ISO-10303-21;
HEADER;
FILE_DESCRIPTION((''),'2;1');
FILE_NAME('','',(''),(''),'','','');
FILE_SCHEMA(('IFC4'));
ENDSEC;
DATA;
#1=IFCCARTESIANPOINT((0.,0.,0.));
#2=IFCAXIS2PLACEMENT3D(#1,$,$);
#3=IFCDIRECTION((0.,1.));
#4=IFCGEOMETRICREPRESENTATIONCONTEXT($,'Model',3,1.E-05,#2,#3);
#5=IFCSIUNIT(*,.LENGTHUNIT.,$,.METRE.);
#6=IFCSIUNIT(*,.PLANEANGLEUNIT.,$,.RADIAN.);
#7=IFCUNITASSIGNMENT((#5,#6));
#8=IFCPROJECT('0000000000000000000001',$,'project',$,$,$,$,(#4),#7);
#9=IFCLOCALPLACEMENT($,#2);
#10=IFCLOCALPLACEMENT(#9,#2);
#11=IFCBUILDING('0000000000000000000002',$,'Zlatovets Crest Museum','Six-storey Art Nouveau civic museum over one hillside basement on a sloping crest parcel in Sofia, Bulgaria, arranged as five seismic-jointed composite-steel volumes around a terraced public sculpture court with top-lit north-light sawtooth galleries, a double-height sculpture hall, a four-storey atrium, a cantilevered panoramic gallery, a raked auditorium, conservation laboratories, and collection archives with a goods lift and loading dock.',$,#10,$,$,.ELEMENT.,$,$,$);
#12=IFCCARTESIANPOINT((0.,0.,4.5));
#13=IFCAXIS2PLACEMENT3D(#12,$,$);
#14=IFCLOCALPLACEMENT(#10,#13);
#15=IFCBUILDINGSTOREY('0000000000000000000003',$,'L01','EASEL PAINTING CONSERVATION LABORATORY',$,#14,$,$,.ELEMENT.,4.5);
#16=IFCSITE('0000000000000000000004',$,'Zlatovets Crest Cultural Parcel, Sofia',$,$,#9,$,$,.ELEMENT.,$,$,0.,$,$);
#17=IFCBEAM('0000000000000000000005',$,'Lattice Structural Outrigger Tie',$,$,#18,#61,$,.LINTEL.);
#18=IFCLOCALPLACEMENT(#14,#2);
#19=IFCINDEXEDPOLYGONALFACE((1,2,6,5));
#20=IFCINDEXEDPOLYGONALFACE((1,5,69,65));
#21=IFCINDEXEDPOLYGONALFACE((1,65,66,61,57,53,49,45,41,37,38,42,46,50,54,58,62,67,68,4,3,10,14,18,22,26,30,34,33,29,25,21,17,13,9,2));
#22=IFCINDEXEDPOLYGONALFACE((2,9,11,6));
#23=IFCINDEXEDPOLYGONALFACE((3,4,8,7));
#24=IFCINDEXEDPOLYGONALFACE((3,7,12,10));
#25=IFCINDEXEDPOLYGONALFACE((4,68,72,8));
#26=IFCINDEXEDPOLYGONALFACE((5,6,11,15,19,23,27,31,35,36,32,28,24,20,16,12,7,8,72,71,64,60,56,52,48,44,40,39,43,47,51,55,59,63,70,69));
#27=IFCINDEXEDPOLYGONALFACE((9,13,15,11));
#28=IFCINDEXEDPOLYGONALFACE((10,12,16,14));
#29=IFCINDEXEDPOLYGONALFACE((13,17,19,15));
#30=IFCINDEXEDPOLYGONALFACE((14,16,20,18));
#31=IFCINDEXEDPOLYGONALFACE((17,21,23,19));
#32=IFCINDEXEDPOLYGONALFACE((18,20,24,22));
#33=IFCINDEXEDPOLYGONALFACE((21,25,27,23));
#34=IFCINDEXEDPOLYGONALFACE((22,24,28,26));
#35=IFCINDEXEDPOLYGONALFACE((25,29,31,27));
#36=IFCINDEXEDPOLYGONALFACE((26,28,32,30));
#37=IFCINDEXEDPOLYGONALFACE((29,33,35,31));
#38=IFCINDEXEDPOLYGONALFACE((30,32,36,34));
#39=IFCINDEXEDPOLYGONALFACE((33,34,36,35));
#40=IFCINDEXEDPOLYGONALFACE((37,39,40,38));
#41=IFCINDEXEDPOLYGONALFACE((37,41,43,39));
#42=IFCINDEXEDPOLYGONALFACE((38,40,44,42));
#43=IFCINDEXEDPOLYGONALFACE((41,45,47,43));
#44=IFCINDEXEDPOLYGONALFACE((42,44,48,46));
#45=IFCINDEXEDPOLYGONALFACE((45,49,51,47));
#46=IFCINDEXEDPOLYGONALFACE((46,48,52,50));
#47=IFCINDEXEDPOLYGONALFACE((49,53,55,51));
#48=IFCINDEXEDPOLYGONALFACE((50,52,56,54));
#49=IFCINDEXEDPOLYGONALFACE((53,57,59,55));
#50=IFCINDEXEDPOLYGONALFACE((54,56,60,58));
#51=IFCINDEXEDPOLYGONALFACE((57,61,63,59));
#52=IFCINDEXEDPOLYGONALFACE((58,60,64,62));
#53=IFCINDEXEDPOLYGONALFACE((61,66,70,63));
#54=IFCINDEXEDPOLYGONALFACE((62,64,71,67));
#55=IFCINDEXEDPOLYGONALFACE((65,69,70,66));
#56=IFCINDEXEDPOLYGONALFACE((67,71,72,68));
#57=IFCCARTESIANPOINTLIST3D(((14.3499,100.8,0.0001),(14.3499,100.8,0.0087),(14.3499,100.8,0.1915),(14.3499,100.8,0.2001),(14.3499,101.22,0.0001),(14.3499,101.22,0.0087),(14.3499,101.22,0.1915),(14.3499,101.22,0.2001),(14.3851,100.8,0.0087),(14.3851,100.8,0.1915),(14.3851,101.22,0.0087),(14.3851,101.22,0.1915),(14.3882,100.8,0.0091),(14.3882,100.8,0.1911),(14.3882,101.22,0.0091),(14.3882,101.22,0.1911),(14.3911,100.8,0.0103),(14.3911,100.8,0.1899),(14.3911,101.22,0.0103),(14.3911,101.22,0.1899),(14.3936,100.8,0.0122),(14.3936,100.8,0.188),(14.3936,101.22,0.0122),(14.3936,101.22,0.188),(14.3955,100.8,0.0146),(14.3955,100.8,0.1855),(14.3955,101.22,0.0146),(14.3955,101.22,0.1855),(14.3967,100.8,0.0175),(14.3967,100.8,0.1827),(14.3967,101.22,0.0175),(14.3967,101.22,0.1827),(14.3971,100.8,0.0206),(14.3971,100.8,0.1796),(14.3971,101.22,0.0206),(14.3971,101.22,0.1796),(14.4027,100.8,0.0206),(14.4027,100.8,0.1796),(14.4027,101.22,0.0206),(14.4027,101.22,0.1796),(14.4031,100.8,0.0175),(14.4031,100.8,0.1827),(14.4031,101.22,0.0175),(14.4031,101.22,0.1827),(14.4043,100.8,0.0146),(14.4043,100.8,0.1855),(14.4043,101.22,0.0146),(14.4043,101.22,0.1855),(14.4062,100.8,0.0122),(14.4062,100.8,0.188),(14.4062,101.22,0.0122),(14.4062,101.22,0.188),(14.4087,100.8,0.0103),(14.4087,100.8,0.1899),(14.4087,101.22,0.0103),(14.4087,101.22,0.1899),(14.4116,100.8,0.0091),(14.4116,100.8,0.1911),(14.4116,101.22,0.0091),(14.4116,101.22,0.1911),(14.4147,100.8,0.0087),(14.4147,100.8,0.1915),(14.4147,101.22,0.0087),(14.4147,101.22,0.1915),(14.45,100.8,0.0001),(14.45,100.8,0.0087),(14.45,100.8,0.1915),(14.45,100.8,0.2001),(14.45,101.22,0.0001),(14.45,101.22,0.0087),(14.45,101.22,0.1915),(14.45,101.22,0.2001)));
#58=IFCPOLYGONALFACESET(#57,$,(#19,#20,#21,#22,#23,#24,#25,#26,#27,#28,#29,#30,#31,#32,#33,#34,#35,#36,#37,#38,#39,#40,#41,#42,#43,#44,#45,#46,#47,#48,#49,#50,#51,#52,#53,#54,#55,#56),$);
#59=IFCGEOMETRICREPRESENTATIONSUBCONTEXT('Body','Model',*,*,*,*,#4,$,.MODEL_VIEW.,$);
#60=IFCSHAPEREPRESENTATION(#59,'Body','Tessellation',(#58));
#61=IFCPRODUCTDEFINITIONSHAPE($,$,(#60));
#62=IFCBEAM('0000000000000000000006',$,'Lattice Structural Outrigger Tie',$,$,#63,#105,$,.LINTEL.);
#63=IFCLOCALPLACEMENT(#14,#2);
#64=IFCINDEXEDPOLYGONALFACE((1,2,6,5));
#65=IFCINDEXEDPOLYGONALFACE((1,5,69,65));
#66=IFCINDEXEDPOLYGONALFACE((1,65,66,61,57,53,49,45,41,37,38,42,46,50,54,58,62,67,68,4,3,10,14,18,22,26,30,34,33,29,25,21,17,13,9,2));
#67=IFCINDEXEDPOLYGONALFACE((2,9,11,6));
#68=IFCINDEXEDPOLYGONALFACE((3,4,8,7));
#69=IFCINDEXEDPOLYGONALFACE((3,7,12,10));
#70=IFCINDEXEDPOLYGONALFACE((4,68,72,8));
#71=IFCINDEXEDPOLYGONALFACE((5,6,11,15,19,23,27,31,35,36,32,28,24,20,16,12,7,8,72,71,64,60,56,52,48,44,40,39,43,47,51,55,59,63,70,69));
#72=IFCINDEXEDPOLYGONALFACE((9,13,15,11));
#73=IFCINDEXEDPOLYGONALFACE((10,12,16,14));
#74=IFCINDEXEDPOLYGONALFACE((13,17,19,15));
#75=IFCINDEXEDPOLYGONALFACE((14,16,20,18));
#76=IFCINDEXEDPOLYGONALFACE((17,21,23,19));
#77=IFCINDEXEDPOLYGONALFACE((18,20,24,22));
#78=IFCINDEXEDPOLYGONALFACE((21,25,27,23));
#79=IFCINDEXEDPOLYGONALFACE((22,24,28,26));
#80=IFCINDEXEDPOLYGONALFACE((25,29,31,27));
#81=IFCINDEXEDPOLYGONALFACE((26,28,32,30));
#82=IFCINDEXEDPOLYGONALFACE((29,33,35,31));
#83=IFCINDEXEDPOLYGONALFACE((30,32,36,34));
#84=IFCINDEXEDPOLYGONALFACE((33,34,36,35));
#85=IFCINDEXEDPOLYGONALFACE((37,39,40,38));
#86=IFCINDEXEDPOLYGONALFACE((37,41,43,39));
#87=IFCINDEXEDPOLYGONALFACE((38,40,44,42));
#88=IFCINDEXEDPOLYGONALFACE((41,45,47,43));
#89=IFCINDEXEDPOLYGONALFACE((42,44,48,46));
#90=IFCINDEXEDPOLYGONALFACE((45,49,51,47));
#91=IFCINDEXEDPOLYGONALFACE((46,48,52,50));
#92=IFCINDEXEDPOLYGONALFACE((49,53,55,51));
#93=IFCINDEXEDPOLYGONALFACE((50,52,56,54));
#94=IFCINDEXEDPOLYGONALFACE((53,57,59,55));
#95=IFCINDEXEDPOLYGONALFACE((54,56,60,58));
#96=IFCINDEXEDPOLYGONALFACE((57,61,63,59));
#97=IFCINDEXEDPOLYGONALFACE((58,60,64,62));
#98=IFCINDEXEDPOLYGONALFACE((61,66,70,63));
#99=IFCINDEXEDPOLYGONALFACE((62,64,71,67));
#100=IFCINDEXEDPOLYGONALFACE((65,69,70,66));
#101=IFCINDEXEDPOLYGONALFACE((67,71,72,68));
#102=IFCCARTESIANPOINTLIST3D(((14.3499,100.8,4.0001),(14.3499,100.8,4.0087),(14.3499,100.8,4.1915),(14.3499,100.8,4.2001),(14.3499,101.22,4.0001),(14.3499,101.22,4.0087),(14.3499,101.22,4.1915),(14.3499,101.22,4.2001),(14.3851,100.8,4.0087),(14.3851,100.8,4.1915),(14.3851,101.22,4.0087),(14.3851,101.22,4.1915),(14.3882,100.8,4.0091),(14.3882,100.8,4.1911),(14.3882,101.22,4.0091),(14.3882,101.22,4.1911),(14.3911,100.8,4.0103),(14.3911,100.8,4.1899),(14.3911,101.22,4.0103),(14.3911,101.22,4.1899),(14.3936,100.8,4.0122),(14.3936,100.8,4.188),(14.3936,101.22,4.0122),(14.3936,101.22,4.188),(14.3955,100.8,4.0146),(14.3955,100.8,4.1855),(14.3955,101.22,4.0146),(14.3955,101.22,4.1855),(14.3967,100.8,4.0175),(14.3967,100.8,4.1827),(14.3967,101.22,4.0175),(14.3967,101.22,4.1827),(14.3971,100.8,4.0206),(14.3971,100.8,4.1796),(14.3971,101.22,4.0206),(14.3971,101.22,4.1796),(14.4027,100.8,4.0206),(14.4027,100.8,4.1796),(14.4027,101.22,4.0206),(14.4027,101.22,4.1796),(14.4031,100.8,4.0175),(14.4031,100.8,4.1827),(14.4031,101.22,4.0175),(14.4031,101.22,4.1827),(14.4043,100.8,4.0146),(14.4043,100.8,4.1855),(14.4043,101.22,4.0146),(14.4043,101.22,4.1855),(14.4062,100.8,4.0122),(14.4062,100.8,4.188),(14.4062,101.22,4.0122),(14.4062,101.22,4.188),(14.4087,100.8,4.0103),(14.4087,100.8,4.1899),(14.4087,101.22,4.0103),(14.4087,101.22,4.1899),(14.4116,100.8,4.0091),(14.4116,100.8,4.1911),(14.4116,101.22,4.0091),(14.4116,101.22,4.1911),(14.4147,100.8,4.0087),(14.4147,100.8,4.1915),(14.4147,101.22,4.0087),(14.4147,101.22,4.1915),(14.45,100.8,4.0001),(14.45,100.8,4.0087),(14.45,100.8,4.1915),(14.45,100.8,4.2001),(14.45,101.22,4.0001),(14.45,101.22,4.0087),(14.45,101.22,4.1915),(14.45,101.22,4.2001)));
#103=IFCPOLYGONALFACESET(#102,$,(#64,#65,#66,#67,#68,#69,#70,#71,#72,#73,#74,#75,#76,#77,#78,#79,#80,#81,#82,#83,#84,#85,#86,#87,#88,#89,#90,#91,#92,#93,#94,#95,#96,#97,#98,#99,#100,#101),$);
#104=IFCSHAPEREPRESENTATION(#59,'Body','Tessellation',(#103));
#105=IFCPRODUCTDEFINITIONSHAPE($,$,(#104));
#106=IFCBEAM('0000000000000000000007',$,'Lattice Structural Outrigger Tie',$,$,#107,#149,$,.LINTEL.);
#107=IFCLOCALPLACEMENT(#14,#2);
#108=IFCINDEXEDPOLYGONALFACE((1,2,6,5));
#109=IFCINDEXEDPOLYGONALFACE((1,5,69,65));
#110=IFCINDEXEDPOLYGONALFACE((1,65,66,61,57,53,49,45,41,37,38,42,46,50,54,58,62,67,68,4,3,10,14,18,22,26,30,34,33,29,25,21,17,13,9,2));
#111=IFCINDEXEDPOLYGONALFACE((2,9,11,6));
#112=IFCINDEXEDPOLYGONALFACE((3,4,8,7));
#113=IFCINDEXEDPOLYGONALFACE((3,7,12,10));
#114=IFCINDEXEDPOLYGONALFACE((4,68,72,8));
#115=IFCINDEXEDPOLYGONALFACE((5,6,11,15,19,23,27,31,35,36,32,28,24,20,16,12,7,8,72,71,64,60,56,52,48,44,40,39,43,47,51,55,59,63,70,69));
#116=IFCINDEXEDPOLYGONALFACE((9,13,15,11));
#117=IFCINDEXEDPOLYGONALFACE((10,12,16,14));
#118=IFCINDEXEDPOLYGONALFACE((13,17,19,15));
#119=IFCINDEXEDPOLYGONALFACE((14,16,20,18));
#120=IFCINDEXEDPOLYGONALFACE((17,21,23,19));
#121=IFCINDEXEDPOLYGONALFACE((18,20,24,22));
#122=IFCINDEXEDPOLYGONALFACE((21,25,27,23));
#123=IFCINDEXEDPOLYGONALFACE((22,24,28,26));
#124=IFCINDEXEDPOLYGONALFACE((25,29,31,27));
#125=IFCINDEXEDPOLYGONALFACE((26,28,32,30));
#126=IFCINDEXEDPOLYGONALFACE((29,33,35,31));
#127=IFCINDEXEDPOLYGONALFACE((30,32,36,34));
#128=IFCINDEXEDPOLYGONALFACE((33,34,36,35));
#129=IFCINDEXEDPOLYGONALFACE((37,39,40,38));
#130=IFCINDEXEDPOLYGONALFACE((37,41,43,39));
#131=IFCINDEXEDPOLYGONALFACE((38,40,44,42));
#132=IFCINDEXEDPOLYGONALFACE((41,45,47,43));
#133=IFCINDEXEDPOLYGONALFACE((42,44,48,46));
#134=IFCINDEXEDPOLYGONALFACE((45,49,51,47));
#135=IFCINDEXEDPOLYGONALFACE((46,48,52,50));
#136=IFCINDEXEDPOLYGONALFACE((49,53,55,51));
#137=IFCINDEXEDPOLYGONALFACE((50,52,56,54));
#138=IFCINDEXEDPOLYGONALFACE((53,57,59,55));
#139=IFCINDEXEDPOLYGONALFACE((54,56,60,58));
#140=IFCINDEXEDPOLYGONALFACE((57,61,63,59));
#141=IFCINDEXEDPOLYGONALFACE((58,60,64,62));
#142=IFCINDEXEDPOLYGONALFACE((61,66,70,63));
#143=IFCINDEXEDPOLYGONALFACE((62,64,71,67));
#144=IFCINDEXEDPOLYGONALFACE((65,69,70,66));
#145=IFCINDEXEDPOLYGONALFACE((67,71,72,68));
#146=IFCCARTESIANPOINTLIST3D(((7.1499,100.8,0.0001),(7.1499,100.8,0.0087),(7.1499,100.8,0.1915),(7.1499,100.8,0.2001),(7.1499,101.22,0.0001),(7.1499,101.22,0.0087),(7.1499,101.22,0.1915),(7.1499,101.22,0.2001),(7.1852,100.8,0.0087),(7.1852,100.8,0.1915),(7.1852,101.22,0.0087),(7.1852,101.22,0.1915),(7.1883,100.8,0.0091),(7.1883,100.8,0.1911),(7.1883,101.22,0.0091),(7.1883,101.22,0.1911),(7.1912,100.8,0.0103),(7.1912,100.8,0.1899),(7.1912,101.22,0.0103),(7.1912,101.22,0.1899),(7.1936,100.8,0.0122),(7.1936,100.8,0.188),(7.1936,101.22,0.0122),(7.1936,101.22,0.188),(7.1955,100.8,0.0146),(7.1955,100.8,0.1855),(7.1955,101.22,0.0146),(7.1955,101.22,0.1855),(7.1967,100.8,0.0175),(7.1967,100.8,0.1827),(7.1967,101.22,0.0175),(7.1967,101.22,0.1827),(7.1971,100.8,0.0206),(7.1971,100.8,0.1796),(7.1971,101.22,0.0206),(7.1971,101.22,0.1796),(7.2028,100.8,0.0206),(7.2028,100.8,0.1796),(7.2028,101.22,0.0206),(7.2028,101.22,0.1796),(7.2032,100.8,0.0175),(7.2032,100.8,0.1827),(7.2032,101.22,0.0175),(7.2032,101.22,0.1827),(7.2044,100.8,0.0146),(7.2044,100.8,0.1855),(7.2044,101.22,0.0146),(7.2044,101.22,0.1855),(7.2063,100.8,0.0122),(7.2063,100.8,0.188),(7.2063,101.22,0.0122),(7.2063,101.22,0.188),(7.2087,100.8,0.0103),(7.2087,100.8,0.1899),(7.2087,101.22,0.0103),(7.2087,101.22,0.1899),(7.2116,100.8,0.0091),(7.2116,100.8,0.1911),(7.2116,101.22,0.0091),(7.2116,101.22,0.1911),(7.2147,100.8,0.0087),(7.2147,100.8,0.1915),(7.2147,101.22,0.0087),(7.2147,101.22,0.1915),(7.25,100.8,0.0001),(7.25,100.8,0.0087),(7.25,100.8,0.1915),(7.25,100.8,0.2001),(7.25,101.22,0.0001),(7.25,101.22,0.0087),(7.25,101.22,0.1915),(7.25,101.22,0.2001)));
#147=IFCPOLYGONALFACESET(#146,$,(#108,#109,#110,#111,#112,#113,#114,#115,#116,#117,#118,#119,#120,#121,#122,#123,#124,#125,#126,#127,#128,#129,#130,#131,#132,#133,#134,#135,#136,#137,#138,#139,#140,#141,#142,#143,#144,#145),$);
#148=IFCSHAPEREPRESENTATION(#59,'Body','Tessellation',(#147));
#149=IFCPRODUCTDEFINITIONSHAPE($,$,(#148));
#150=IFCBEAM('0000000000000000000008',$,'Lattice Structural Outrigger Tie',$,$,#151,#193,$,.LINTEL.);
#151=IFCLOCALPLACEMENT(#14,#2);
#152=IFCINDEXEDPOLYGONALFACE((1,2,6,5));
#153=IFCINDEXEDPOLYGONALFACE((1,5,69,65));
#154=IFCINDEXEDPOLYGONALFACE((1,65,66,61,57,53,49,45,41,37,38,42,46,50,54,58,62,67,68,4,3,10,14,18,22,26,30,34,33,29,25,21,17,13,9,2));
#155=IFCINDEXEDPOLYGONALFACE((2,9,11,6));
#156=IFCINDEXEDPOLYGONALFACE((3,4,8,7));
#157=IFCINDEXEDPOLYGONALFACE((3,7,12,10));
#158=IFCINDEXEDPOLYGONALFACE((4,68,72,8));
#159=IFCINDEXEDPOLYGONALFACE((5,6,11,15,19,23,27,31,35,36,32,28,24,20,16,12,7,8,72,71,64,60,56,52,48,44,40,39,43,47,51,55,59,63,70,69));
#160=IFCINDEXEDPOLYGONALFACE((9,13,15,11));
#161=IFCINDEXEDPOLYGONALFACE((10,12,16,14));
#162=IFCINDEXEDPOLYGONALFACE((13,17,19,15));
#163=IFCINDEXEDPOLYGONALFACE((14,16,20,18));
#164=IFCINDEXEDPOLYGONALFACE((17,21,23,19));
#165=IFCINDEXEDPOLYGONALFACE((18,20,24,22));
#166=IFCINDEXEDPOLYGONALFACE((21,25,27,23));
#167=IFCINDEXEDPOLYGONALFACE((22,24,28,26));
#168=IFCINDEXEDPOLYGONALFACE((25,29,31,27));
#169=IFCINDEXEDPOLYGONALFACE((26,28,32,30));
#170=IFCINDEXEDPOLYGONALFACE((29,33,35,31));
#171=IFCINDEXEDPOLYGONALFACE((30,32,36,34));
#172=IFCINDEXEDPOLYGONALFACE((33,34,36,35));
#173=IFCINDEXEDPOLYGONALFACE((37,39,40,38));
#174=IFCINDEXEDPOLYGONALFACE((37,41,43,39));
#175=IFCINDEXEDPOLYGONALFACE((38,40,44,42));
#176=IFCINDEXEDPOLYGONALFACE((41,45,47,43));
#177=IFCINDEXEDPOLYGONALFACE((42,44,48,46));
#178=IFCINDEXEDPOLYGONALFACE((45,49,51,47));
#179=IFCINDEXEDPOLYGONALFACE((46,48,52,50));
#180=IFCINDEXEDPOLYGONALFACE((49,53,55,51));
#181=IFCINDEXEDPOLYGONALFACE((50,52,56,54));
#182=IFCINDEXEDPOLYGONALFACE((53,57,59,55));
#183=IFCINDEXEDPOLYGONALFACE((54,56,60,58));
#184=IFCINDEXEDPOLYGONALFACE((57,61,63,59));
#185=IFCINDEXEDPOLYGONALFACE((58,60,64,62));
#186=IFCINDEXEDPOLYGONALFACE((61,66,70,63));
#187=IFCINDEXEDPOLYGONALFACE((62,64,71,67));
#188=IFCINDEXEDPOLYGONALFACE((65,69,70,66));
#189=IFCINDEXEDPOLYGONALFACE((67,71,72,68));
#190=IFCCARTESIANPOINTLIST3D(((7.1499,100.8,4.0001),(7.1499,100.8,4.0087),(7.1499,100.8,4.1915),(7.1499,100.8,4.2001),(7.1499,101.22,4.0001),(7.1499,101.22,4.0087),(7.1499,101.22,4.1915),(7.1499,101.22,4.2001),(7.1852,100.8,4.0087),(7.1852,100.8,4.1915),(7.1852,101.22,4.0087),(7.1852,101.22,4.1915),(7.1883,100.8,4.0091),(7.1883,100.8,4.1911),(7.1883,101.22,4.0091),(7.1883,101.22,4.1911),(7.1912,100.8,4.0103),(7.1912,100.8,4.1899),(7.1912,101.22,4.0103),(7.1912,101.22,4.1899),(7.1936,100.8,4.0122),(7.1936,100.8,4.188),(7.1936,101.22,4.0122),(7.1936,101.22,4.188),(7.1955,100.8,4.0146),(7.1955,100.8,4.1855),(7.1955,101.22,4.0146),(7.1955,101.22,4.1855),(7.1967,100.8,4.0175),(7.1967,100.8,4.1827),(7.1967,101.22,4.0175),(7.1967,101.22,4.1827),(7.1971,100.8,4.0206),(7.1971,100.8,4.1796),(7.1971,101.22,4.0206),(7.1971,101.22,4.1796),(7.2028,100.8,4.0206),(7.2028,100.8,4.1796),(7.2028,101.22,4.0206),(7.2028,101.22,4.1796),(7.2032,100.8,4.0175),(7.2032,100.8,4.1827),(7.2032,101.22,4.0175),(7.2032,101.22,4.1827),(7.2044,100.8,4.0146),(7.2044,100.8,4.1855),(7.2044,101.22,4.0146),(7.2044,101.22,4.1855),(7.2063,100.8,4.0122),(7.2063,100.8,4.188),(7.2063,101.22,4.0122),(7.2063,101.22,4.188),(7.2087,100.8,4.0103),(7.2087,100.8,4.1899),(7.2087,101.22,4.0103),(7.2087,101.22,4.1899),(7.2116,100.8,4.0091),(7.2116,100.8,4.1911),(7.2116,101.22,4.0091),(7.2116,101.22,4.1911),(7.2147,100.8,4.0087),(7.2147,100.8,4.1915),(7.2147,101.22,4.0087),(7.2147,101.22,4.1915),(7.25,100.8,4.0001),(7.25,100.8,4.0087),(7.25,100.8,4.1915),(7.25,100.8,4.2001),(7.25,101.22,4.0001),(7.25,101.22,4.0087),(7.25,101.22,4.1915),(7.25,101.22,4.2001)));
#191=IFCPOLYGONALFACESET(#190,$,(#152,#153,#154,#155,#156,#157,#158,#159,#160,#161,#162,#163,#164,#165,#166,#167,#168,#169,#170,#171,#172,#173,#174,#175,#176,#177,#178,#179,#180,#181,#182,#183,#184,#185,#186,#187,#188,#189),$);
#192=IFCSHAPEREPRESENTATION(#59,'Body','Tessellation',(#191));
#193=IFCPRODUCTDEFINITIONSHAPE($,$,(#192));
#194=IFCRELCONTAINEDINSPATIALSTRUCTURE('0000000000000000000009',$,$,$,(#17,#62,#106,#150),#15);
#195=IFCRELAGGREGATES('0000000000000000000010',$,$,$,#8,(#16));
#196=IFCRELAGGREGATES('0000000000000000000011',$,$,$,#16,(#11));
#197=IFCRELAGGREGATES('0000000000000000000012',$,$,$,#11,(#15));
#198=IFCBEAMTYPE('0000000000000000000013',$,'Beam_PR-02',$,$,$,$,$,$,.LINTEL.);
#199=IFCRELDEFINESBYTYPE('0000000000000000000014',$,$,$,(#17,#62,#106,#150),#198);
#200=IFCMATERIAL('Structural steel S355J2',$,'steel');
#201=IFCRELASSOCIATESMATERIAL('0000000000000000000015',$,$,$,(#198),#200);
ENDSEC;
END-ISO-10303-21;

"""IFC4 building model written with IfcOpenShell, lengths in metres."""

from ifc_helpers import new_model, si_unit, direction, frame, origin, origin_2d, place, context, subcontext, project, spatial, i_section, extrude, material, material_profile, profile_set, type_object, element, save


model = new_model("IFC4")

# Units and contexts
model_context = context("Model", 3, precision=1e-05, world=origin(), true_north=direction((0.0, 1.0)))
body_context = subcontext(model_context, "Body", "Model", "MODEL_VIEW")
ifc_project = project(units=[si_unit("LENGTHUNIT", "METRE"), si_unit("PLANEANGLEUNIT", "RADIAN")], contexts=[model_context])

# Site, building, storey
site_placement = place(None, origin())
site = spatial("IfcSite", under=ifc_project, at=site_placement, Name="Zlatovets Crest Cultural Parcel, Sofia", CompositionType="ELEMENT", RefElevation=0.0)
building_placement = place(site_placement, origin())
building = spatial("IfcBuilding", under=site, at=building_placement, Name="Zlatovets Crest Museum", Description="Six-storey Art Nouveau civic museum over one hillside basement on a sloping crest parcel in Sofia, Bulgaria, arranged as five seismic-jointed composite-steel volumes around a terraced public sculpture court with top-lit north-light sawtooth galleries, a double-height sculpture hall, a four-storey atrium, a cantilevered panoramic gallery, a raked auditorium, conservation laboratories, and collection archives with a goods lift and loading dock.", CompositionType="ELEMENT")
storey_placement = place(building_placement, frame((0.0, 0.0, 4.5)))
storey = spatial("IfcBuildingStorey", under=building, at=storey_placement, Name="L01", Description="EASEL PAINTING CONSERVATION LABORATORY", CompositionType="ELEMENT", Elevation=4.5)

# Shared definitions
ifc_material_1 = material(Name="Structural steel S355J2", Category="steel")

# Beams
ifc_material_profile_1 = material_profile(ifc_material_1, i_section(OverallWidth=0.1001, OverallDepth=0.2, WebThickness=0.0056, FlangeThickness=0.0085, FilletRadius=0.012, at=origin_2d()), Name="IPE 200")
ifc_profile_set_1 = profile_set([ifc_material_profile_1], Name="Structural steel S355J2")
beam_type_1 = type_object("IfcBeamType", Name="Beam_PR-02", PredefinedType="LINTEL", material=ifc_profile_set_1)
for number, where, z_axis, x_axis, name in (
    (1, (14.3999, 100.8, 0.1001), (0.0, 1.0, 0.0), (-1.0, 0.0, 0.0), "Lattice Structural Outrigger Tie"),
    (2, (14.3999, 100.8, 4.1001), (0.0, 1.0, 0.0), (-1.0, 0.0, 0.0), "Lattice Structural Outrigger Tie"),
    (3, (7.2, 100.8, 0.1001), (0.0, 1.0, 0.0), (-1.0, 0.0, 0.0), "Lattice Structural Outrigger Tie"),
    (4, (7.2, 100.8, 4.1001), (0.0, 1.0, 0.0), (-1.0, 0.0, 0.0), "Lattice Structural Outrigger Tie"),
):
    element("IfcBeam", number, at=place(storey_placement, frame(where, z_axis=z_axis, x_axis=x_axis)), inside=storey, type_object=beam_type_1, Name=name, PredefinedType="LINTEL", context=body_context, shape_type="SweptSolid", body=[
        extrude(i_section(OverallWidth=0.1001, OverallDepth=0.2, WebThickness=0.0056, FlangeThickness=0.0085, FilletRadius=0.012, at=origin_2d()), origin(), (0.0, 0.0, 1.0), 0.4199),
    ])

save(model, "model.ifc")
